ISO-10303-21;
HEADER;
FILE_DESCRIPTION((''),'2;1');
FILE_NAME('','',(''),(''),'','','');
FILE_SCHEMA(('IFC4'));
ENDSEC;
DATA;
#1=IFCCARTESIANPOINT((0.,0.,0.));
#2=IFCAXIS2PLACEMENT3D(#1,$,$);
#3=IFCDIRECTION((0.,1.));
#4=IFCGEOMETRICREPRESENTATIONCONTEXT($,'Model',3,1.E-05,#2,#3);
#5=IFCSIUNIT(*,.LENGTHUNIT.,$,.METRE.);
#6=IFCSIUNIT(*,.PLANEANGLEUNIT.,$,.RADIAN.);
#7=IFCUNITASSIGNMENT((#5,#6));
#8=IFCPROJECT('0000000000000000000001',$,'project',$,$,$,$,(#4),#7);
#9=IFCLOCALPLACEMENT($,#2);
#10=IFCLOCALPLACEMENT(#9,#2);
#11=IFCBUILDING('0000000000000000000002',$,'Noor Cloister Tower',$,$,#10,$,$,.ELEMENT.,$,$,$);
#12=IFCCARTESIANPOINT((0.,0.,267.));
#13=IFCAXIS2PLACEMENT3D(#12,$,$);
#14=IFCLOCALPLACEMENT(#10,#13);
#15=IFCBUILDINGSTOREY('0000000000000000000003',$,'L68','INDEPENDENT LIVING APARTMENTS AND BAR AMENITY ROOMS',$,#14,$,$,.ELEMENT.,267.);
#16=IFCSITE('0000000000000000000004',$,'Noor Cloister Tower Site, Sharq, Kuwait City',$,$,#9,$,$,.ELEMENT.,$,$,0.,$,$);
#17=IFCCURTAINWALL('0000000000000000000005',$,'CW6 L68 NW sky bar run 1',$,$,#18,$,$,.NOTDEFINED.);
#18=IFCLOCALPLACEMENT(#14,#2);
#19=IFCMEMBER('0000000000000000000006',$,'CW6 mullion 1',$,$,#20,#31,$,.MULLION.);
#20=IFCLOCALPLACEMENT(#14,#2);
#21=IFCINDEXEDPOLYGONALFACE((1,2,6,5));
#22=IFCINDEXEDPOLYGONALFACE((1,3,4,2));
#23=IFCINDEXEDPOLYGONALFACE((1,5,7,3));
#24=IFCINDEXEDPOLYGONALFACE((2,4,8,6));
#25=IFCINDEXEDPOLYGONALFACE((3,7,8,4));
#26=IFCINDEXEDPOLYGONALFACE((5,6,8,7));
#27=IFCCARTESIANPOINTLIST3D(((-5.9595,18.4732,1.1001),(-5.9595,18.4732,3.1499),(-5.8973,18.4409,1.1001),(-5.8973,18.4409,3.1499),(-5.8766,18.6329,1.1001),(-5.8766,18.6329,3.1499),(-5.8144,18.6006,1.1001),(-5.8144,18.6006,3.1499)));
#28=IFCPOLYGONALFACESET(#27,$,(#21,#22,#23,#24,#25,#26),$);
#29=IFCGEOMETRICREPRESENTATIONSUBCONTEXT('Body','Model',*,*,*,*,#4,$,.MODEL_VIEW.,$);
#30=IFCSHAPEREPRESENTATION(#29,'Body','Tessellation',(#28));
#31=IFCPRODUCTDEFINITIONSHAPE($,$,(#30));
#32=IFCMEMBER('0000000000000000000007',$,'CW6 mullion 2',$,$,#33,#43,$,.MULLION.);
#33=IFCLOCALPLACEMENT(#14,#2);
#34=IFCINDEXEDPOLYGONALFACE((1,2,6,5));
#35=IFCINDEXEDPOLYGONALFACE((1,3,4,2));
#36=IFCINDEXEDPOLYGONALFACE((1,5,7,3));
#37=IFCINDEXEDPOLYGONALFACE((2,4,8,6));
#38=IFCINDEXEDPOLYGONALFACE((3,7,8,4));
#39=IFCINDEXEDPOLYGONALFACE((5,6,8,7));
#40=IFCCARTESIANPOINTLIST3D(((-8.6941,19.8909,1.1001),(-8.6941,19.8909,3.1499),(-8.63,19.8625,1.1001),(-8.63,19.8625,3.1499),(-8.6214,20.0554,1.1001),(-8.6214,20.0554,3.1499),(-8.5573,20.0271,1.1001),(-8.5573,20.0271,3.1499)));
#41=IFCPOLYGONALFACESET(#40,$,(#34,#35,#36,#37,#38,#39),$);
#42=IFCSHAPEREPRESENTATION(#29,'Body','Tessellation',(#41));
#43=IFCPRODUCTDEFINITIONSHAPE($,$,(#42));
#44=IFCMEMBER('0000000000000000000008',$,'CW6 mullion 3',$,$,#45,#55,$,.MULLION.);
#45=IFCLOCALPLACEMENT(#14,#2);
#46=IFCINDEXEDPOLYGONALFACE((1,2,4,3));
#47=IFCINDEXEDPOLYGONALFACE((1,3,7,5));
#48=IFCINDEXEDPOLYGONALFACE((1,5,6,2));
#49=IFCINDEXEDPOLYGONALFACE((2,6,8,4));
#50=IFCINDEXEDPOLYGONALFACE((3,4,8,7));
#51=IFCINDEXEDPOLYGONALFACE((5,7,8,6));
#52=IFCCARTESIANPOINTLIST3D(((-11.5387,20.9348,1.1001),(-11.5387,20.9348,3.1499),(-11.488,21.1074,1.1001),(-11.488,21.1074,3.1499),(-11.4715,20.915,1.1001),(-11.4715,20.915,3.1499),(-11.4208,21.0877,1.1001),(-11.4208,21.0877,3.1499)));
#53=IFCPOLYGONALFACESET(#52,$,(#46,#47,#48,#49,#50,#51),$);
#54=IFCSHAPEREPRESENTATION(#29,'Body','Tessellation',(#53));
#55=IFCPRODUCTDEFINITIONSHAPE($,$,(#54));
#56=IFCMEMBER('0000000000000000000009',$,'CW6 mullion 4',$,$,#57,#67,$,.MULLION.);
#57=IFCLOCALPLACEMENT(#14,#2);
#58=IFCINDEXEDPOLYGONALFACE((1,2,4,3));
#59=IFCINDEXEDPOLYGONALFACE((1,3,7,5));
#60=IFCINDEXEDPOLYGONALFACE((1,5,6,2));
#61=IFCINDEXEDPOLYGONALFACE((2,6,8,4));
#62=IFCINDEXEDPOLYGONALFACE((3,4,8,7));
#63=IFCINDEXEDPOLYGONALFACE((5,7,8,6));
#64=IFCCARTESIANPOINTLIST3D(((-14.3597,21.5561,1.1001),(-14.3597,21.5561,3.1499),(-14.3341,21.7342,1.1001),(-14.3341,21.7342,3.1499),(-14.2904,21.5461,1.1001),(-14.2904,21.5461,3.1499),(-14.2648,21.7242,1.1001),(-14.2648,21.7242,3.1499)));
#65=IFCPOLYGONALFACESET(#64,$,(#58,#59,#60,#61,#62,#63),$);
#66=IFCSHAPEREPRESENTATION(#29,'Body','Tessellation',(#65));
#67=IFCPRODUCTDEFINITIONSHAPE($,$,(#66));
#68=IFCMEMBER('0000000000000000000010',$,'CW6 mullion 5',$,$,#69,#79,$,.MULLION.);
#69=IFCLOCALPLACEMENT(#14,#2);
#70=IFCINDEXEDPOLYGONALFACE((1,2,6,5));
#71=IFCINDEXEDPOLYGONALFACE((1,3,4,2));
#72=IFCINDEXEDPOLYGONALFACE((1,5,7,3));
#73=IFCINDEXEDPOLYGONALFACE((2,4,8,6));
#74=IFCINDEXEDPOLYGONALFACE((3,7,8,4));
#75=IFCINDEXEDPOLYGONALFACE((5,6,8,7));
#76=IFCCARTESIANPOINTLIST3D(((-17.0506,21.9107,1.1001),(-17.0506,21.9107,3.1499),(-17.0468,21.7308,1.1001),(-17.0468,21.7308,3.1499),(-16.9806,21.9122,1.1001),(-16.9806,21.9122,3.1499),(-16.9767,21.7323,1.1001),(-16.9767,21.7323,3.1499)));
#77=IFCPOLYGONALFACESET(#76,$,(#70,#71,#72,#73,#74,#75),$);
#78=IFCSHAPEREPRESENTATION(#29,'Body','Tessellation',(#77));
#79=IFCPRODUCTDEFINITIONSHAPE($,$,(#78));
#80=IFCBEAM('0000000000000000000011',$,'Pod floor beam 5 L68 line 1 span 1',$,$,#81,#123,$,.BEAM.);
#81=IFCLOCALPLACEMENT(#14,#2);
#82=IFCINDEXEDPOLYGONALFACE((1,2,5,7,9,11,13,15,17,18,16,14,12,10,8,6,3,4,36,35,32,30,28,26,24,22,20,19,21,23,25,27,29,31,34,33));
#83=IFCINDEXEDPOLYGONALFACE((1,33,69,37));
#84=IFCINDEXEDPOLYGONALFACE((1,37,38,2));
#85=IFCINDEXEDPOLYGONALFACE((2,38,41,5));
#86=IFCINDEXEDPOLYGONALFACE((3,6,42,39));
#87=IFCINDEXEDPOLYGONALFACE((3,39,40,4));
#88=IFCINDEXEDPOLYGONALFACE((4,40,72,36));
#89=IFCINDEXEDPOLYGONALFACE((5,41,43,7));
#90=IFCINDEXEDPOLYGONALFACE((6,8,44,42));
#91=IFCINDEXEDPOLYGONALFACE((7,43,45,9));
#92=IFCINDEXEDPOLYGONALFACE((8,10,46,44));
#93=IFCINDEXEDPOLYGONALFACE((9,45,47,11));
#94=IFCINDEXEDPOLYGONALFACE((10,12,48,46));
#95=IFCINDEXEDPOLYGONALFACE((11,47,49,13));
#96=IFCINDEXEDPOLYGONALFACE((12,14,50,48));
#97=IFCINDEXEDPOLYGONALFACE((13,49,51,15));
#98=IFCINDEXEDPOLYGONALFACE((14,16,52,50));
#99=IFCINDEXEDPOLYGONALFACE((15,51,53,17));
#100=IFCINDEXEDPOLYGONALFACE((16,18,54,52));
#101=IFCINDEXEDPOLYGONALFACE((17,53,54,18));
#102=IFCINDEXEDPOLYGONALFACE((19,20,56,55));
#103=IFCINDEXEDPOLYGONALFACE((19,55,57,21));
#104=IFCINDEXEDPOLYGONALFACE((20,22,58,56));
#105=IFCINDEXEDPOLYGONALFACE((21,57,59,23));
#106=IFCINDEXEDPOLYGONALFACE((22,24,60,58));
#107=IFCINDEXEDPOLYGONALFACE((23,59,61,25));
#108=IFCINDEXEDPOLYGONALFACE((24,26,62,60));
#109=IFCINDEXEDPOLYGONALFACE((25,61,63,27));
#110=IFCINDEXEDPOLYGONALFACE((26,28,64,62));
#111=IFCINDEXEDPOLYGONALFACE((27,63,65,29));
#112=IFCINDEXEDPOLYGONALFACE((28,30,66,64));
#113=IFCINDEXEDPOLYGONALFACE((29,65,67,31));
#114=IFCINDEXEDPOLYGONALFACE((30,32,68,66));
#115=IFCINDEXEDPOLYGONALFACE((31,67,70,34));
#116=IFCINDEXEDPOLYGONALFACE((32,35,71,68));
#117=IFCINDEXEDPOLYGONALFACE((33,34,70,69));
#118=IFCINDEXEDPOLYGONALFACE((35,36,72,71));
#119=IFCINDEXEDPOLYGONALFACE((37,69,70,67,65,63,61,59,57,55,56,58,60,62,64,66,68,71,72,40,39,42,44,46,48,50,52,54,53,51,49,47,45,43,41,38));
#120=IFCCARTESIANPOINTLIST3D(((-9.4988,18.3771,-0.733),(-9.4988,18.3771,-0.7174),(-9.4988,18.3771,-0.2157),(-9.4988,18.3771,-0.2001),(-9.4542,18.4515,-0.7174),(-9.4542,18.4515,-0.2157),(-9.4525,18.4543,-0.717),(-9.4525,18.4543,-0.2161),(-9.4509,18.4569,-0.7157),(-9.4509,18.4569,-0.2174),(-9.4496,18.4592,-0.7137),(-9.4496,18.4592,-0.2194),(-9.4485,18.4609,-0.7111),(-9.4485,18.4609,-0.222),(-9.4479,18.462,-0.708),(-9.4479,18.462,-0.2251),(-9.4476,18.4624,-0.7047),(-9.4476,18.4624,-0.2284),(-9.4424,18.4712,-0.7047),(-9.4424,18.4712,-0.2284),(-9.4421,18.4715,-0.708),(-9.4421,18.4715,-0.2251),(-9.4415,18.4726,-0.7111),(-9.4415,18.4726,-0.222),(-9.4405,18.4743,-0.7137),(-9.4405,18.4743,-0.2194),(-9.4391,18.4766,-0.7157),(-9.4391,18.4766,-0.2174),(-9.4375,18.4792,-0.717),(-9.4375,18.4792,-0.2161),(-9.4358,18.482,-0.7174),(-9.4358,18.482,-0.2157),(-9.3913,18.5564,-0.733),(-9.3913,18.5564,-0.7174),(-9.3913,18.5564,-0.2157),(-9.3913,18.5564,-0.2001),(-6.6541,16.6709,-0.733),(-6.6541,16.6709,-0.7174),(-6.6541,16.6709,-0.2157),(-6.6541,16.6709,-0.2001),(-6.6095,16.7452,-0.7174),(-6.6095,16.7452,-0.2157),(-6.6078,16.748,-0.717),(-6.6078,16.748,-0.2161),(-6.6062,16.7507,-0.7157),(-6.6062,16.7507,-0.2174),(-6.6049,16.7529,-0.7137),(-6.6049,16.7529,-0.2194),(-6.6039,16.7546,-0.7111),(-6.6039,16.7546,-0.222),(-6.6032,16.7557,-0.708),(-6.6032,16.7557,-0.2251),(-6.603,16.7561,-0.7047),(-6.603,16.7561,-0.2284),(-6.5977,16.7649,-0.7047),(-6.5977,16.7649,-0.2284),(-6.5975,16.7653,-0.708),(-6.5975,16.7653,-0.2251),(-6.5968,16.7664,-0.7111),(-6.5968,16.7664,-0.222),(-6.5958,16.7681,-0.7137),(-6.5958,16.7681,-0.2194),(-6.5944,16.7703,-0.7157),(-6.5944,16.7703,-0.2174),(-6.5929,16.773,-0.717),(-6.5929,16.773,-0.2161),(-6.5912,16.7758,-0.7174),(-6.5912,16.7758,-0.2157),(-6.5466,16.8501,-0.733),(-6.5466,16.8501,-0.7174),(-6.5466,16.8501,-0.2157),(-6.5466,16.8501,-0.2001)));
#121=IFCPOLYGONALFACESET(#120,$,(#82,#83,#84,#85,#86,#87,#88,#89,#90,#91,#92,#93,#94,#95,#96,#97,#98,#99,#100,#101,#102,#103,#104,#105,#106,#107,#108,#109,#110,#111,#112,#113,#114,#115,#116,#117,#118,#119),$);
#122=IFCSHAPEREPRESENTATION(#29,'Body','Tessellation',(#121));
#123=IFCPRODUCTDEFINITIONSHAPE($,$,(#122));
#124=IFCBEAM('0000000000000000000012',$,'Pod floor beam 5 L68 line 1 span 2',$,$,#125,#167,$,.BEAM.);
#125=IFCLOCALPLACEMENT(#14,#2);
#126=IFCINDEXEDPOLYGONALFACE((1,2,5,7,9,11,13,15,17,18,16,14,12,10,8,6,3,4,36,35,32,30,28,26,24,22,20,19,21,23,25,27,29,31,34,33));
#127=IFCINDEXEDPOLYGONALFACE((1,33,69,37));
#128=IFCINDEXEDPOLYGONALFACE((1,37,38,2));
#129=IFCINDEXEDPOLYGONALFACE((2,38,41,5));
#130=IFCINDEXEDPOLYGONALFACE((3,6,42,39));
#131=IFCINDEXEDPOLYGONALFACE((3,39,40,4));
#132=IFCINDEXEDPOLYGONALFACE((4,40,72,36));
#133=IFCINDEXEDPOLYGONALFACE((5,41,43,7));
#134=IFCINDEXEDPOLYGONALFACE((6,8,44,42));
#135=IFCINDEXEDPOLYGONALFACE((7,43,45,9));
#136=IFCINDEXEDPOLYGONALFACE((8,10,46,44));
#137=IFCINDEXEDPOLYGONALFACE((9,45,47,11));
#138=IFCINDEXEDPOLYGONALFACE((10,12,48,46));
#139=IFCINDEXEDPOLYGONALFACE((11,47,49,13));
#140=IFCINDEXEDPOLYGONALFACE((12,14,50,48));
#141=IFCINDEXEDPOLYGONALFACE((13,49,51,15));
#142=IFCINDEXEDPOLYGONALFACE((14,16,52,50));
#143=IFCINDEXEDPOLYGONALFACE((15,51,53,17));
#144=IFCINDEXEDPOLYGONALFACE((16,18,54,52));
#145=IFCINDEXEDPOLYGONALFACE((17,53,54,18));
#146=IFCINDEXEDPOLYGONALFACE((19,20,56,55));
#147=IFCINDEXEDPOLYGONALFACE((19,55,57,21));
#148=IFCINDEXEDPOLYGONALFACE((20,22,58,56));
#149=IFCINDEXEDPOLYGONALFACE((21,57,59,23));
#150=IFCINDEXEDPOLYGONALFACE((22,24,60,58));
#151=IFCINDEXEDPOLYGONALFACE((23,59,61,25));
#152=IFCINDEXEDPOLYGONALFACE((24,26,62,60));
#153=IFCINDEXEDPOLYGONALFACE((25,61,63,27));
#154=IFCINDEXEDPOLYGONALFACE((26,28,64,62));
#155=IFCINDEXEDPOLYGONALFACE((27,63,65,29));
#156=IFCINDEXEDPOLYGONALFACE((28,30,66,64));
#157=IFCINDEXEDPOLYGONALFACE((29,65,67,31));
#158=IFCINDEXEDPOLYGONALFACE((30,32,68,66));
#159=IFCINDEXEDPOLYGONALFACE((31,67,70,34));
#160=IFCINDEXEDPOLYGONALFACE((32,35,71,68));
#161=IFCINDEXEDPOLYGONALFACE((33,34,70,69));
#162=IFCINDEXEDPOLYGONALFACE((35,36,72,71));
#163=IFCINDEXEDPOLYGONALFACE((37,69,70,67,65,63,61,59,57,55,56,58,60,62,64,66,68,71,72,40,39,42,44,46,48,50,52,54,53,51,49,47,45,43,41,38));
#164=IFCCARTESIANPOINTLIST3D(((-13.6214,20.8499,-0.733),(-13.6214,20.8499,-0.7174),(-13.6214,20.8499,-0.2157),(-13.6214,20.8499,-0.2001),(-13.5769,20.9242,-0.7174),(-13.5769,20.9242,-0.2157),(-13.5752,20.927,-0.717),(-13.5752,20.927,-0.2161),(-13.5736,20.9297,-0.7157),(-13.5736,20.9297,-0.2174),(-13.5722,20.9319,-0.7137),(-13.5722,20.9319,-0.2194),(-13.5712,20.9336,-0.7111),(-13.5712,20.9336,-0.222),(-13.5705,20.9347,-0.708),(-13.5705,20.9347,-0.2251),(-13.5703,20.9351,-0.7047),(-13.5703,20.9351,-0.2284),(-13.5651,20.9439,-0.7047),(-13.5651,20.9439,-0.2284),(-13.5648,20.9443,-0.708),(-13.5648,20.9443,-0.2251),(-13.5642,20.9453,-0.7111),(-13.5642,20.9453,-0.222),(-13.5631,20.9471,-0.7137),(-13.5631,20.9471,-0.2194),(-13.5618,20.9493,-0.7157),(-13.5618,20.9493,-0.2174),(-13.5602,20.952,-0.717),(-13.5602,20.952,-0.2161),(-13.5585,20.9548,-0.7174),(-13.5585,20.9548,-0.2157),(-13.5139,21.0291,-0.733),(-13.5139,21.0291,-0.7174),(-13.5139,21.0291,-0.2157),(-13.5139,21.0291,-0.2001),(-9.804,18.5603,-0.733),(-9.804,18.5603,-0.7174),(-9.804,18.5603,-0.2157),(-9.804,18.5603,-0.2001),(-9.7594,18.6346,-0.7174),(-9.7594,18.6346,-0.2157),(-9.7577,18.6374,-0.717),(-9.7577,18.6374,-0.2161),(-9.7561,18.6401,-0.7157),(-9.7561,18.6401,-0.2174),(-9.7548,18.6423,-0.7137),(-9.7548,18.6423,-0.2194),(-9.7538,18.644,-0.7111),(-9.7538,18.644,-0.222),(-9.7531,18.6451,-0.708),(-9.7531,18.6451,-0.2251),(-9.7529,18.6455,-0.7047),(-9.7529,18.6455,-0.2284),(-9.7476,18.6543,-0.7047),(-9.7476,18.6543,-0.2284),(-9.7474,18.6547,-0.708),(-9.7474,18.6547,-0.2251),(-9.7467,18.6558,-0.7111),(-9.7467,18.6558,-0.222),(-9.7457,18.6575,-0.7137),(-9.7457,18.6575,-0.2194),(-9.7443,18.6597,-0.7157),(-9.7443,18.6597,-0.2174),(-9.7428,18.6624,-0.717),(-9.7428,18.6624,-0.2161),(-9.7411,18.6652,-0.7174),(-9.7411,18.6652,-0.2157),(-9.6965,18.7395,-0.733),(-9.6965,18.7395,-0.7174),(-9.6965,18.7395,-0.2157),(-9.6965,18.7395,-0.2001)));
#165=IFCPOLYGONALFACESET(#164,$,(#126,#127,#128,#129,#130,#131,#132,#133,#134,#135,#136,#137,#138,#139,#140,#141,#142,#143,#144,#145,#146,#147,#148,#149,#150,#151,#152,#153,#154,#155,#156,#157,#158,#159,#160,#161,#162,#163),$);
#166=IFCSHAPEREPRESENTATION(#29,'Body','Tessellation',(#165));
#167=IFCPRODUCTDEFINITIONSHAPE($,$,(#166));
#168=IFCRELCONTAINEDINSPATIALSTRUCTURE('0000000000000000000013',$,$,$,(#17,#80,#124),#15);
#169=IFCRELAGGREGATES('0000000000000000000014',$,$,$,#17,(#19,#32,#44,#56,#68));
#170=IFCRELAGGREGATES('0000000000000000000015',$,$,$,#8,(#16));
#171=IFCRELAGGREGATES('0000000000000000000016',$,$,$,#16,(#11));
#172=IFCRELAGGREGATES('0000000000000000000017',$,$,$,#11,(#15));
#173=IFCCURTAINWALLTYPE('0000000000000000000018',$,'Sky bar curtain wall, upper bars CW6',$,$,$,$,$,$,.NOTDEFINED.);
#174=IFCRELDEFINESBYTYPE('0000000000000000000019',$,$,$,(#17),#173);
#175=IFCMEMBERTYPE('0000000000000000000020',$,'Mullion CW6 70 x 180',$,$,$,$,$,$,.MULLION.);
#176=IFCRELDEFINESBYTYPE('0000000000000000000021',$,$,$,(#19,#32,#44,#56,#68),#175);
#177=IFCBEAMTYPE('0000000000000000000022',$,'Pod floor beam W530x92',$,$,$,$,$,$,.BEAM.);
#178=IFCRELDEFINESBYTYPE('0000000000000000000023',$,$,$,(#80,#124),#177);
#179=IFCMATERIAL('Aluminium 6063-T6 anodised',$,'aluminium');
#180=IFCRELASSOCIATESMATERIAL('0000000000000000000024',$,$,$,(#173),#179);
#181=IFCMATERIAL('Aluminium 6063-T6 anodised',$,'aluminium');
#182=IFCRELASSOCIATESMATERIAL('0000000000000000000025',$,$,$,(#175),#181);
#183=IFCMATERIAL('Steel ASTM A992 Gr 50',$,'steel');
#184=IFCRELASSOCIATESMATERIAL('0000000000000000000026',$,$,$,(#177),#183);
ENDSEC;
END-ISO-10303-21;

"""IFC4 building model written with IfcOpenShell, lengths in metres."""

from ifc_helpers import new_model, si_unit, direction, frame, origin, origin_2d, place, context, subcontext, project, spatial, rectangle, i_section, extrude, material, material_profile, profile_set, type_object, element, aggregate, save


model = new_model("IFC4")

# Units and contexts
model_context = context("Model", 3, precision=1e-05, world=origin(), true_north=direction((0.0, 1.0)))
body_context = subcontext(model_context, "Body", "Model", "MODEL_VIEW")
ifc_project = project(units=[si_unit("LENGTHUNIT", "METRE"), si_unit("PLANEANGLEUNIT", "RADIAN")], contexts=[model_context])

# Site, building, storey
site_placement = place(None, origin())
site = spatial("IfcSite", under=ifc_project, at=site_placement, Name="Noor Cloister Tower Site, Sharq, Kuwait City", CompositionType="ELEMENT", RefElevation=0.0)
building_placement = place(site_placement, origin())
building = spatial("IfcBuilding", under=site, at=building_placement, Name="Noor Cloister Tower", CompositionType="ELEMENT")
storey_placement = place(building_placement, frame((0.0, 0.0, 267.0)))
storey = spatial("IfcBuildingStorey", under=building, at=storey_placement, Name="L68", Description="INDEPENDENT LIVING APARTMENTS AND BAR AMENITY ROOMS", CompositionType="ELEMENT", Elevation=267.0)

# Curtain wall, members
ifc_material_1 = material(Name="Aluminium 6063-T6 anodised", Category="aluminium")
curtain_wall_type = type_object("IfcCurtainWallType", Name="Sky bar curtain wall, upper bars CW6", PredefinedType="NOTDEFINED", material=ifc_material_1)
curtain_wall_placement = place(storey_placement, origin())
curtain_wall = element("IfcCurtainWall", 1, at=curtain_wall_placement, inside=storey, type_object=curtain_wall_type, Name="CW6 L68 NW sky bar run 1", PredefinedType="NOTDEFINED")
ifc_material_2 = material(Name="Aluminium 6063-T6 anodised", Category="aluminium")
ifc_material_profile_1 = material_profile(ifc_material_2, rectangle(XDim=0.1799, YDim=0.0701, at=origin_2d()), Name="180 x 70 mullion")
ifc_profile_set_1 = profile_set([ifc_material_profile_1], Name="Aluminium 6063-T6 anodised")
member_type = type_object("IfcMemberType", Name="Mullion CW6 70 x 180", PredefinedType="MULLION", material=ifc_profile_set_1)
member_1_placement = place(storey_placement, frame((-5.887, 18.5369, 1.1001), z_axis=(0.0, 0.0, 1.0), x_axis=(-0.460812, -0.887498, 0.0)))
member_1 = element("IfcMember", 2, at=member_1_placement, type_object=member_type, Name="CW6 mullion 1", PredefinedType="MULLION", context=body_context, shape_type="SweptSolid", body=[
    extrude(rectangle(XDim=0.1799, YDim=0.0701, at=origin_2d()), origin(), (0.0, 0.0, 1.0), 2.0498),
])
member_2_placement = place(storey_placement, frame((-8.6257, 19.959, 1.1001), z_axis=(0.0, 0.0, 1.0), x_axis=(-0.404177, -0.914681, 0.0)))
member_2 = element("IfcMember", 3, at=member_2_placement, type_object=member_type, Name="CW6 mullion 2", PredefinedType="MULLION", context=body_context, shape_type="SweptSolid", body=[
    extrude(rectangle(XDim=0.1799, YDim=0.0701, at=origin_2d()), origin(), (0.0, 0.0, 1.0), 2.0498),
])
member_3_placement = place(storey_placement, frame((-11.4797, 21.0112, 1.1001), z_axis=(0.0, 0.0, 1.0), x_axis=(-0.281958, -0.959427, 0.0)))
member_3 = element("IfcMember", 4, at=member_3_placement, type_object=member_type, Name="CW6 mullion 3", PredefinedType="MULLION", context=body_context, shape_type="SweptSolid", body=[
    extrude(rectangle(XDim=0.1799, YDim=0.0701, at=origin_2d()), origin(), (0.0, 0.0, 1.0), 2.0498),
])
member_4_placement = place(storey_placement, frame((-14.3123, 21.6401, 1.1001), z_axis=(0.0, 0.0, 1.0), x_axis=(-0.142274, -0.989827, 0.0)))
member_4 = element("IfcMember", 5, at=member_4_placement, type_object=member_type, Name="CW6 mullion 4", PredefinedType="MULLION", context=body_context, shape_type="SweptSolid", body=[
    extrude(rectangle(XDim=0.1799, YDim=0.0701, at=origin_2d()), origin(), (0.0, 0.0, 1.0), 2.0498),
])
member_5_placement = place(storey_placement, frame((-17.0137, 21.8215, 1.1001), z_axis=(0.0, 0.0, 1.0), x_axis=(0.021296, -0.999773, 0.0)))
member_5 = element("IfcMember", 6, at=member_5_placement, type_object=member_type, Name="CW6 mullion 5", PredefinedType="MULLION", context=body_context, shape_type="SweptSolid", body=[
    extrude(rectangle(XDim=0.1799, YDim=0.0701, at=origin_2d()), origin(), (0.0, 0.0, 1.0), 2.0498),
])

# Beams
ifc_material_3 = material(Name="Steel ASTM A992 Gr 50", Category="steel")
ifc_material_profile_2 = material_profile(ifc_material_3, i_section(OverallWidth=0.209, OverallDepth=0.533, WebThickness=0.0103, FlangeThickness=0.0156, FilletRadius=0.0127, at=origin_2d()), Name="W530x92")
ifc_profile_set_2 = profile_set([ifc_material_profile_2], Name="Steel ASTM A992 Gr 50")
beam_type_1 = type_object("IfcBeamType", Name="Pod floor beam W530x92", PredefinedType="BEAM", material=ifc_profile_set_2)
beam_1_placement = place(storey_placement, frame((-6.6003, 16.7605, -0.4666), z_axis=(-0.857564, 0.514377, 0.0), x_axis=(-0.514377, -0.857564, 0.0)))
element("IfcBeam", 7, at=beam_1_placement, inside=storey, type_object=beam_type_1, Name="Pod floor beam 5 L68 line 1 span 1", PredefinedType="BEAM", context=body_context, shape_type="SweptSolid", body=[
    extrude(i_section(OverallWidth=0.209, OverallDepth=0.533, WebThickness=0.0103, FlangeThickness=0.0156, FilletRadius=0.0127, at=origin_2d()), origin(), (0.0, 0.0, 1.0), 3.3171),
])
beam_2_placement = place(storey_placement, frame((-9.7502, 18.6499, -0.4666), z_axis=(-0.85758, 0.514351, 0.0), x_axis=(-0.514351, -0.85758, 0.0)))
element("IfcBeam", 8, at=beam_2_placement, inside=storey, type_object=beam_type_1, Name="Pod floor beam 5 L68 line 1 span 2", PredefinedType="BEAM", context=body_context, shape_type="SweptSolid", body=[
    extrude(i_section(OverallWidth=0.209, OverallDepth=0.533, WebThickness=0.0103, FlangeThickness=0.0156, FilletRadius=0.0127, at=origin_2d()), origin(), (0.0, 0.0, 1.0), 4.4514),
])

aggregate(curtain_wall, [member_1, member_2, member_3, member_4, member_5])

save(model, "model.ifc")
